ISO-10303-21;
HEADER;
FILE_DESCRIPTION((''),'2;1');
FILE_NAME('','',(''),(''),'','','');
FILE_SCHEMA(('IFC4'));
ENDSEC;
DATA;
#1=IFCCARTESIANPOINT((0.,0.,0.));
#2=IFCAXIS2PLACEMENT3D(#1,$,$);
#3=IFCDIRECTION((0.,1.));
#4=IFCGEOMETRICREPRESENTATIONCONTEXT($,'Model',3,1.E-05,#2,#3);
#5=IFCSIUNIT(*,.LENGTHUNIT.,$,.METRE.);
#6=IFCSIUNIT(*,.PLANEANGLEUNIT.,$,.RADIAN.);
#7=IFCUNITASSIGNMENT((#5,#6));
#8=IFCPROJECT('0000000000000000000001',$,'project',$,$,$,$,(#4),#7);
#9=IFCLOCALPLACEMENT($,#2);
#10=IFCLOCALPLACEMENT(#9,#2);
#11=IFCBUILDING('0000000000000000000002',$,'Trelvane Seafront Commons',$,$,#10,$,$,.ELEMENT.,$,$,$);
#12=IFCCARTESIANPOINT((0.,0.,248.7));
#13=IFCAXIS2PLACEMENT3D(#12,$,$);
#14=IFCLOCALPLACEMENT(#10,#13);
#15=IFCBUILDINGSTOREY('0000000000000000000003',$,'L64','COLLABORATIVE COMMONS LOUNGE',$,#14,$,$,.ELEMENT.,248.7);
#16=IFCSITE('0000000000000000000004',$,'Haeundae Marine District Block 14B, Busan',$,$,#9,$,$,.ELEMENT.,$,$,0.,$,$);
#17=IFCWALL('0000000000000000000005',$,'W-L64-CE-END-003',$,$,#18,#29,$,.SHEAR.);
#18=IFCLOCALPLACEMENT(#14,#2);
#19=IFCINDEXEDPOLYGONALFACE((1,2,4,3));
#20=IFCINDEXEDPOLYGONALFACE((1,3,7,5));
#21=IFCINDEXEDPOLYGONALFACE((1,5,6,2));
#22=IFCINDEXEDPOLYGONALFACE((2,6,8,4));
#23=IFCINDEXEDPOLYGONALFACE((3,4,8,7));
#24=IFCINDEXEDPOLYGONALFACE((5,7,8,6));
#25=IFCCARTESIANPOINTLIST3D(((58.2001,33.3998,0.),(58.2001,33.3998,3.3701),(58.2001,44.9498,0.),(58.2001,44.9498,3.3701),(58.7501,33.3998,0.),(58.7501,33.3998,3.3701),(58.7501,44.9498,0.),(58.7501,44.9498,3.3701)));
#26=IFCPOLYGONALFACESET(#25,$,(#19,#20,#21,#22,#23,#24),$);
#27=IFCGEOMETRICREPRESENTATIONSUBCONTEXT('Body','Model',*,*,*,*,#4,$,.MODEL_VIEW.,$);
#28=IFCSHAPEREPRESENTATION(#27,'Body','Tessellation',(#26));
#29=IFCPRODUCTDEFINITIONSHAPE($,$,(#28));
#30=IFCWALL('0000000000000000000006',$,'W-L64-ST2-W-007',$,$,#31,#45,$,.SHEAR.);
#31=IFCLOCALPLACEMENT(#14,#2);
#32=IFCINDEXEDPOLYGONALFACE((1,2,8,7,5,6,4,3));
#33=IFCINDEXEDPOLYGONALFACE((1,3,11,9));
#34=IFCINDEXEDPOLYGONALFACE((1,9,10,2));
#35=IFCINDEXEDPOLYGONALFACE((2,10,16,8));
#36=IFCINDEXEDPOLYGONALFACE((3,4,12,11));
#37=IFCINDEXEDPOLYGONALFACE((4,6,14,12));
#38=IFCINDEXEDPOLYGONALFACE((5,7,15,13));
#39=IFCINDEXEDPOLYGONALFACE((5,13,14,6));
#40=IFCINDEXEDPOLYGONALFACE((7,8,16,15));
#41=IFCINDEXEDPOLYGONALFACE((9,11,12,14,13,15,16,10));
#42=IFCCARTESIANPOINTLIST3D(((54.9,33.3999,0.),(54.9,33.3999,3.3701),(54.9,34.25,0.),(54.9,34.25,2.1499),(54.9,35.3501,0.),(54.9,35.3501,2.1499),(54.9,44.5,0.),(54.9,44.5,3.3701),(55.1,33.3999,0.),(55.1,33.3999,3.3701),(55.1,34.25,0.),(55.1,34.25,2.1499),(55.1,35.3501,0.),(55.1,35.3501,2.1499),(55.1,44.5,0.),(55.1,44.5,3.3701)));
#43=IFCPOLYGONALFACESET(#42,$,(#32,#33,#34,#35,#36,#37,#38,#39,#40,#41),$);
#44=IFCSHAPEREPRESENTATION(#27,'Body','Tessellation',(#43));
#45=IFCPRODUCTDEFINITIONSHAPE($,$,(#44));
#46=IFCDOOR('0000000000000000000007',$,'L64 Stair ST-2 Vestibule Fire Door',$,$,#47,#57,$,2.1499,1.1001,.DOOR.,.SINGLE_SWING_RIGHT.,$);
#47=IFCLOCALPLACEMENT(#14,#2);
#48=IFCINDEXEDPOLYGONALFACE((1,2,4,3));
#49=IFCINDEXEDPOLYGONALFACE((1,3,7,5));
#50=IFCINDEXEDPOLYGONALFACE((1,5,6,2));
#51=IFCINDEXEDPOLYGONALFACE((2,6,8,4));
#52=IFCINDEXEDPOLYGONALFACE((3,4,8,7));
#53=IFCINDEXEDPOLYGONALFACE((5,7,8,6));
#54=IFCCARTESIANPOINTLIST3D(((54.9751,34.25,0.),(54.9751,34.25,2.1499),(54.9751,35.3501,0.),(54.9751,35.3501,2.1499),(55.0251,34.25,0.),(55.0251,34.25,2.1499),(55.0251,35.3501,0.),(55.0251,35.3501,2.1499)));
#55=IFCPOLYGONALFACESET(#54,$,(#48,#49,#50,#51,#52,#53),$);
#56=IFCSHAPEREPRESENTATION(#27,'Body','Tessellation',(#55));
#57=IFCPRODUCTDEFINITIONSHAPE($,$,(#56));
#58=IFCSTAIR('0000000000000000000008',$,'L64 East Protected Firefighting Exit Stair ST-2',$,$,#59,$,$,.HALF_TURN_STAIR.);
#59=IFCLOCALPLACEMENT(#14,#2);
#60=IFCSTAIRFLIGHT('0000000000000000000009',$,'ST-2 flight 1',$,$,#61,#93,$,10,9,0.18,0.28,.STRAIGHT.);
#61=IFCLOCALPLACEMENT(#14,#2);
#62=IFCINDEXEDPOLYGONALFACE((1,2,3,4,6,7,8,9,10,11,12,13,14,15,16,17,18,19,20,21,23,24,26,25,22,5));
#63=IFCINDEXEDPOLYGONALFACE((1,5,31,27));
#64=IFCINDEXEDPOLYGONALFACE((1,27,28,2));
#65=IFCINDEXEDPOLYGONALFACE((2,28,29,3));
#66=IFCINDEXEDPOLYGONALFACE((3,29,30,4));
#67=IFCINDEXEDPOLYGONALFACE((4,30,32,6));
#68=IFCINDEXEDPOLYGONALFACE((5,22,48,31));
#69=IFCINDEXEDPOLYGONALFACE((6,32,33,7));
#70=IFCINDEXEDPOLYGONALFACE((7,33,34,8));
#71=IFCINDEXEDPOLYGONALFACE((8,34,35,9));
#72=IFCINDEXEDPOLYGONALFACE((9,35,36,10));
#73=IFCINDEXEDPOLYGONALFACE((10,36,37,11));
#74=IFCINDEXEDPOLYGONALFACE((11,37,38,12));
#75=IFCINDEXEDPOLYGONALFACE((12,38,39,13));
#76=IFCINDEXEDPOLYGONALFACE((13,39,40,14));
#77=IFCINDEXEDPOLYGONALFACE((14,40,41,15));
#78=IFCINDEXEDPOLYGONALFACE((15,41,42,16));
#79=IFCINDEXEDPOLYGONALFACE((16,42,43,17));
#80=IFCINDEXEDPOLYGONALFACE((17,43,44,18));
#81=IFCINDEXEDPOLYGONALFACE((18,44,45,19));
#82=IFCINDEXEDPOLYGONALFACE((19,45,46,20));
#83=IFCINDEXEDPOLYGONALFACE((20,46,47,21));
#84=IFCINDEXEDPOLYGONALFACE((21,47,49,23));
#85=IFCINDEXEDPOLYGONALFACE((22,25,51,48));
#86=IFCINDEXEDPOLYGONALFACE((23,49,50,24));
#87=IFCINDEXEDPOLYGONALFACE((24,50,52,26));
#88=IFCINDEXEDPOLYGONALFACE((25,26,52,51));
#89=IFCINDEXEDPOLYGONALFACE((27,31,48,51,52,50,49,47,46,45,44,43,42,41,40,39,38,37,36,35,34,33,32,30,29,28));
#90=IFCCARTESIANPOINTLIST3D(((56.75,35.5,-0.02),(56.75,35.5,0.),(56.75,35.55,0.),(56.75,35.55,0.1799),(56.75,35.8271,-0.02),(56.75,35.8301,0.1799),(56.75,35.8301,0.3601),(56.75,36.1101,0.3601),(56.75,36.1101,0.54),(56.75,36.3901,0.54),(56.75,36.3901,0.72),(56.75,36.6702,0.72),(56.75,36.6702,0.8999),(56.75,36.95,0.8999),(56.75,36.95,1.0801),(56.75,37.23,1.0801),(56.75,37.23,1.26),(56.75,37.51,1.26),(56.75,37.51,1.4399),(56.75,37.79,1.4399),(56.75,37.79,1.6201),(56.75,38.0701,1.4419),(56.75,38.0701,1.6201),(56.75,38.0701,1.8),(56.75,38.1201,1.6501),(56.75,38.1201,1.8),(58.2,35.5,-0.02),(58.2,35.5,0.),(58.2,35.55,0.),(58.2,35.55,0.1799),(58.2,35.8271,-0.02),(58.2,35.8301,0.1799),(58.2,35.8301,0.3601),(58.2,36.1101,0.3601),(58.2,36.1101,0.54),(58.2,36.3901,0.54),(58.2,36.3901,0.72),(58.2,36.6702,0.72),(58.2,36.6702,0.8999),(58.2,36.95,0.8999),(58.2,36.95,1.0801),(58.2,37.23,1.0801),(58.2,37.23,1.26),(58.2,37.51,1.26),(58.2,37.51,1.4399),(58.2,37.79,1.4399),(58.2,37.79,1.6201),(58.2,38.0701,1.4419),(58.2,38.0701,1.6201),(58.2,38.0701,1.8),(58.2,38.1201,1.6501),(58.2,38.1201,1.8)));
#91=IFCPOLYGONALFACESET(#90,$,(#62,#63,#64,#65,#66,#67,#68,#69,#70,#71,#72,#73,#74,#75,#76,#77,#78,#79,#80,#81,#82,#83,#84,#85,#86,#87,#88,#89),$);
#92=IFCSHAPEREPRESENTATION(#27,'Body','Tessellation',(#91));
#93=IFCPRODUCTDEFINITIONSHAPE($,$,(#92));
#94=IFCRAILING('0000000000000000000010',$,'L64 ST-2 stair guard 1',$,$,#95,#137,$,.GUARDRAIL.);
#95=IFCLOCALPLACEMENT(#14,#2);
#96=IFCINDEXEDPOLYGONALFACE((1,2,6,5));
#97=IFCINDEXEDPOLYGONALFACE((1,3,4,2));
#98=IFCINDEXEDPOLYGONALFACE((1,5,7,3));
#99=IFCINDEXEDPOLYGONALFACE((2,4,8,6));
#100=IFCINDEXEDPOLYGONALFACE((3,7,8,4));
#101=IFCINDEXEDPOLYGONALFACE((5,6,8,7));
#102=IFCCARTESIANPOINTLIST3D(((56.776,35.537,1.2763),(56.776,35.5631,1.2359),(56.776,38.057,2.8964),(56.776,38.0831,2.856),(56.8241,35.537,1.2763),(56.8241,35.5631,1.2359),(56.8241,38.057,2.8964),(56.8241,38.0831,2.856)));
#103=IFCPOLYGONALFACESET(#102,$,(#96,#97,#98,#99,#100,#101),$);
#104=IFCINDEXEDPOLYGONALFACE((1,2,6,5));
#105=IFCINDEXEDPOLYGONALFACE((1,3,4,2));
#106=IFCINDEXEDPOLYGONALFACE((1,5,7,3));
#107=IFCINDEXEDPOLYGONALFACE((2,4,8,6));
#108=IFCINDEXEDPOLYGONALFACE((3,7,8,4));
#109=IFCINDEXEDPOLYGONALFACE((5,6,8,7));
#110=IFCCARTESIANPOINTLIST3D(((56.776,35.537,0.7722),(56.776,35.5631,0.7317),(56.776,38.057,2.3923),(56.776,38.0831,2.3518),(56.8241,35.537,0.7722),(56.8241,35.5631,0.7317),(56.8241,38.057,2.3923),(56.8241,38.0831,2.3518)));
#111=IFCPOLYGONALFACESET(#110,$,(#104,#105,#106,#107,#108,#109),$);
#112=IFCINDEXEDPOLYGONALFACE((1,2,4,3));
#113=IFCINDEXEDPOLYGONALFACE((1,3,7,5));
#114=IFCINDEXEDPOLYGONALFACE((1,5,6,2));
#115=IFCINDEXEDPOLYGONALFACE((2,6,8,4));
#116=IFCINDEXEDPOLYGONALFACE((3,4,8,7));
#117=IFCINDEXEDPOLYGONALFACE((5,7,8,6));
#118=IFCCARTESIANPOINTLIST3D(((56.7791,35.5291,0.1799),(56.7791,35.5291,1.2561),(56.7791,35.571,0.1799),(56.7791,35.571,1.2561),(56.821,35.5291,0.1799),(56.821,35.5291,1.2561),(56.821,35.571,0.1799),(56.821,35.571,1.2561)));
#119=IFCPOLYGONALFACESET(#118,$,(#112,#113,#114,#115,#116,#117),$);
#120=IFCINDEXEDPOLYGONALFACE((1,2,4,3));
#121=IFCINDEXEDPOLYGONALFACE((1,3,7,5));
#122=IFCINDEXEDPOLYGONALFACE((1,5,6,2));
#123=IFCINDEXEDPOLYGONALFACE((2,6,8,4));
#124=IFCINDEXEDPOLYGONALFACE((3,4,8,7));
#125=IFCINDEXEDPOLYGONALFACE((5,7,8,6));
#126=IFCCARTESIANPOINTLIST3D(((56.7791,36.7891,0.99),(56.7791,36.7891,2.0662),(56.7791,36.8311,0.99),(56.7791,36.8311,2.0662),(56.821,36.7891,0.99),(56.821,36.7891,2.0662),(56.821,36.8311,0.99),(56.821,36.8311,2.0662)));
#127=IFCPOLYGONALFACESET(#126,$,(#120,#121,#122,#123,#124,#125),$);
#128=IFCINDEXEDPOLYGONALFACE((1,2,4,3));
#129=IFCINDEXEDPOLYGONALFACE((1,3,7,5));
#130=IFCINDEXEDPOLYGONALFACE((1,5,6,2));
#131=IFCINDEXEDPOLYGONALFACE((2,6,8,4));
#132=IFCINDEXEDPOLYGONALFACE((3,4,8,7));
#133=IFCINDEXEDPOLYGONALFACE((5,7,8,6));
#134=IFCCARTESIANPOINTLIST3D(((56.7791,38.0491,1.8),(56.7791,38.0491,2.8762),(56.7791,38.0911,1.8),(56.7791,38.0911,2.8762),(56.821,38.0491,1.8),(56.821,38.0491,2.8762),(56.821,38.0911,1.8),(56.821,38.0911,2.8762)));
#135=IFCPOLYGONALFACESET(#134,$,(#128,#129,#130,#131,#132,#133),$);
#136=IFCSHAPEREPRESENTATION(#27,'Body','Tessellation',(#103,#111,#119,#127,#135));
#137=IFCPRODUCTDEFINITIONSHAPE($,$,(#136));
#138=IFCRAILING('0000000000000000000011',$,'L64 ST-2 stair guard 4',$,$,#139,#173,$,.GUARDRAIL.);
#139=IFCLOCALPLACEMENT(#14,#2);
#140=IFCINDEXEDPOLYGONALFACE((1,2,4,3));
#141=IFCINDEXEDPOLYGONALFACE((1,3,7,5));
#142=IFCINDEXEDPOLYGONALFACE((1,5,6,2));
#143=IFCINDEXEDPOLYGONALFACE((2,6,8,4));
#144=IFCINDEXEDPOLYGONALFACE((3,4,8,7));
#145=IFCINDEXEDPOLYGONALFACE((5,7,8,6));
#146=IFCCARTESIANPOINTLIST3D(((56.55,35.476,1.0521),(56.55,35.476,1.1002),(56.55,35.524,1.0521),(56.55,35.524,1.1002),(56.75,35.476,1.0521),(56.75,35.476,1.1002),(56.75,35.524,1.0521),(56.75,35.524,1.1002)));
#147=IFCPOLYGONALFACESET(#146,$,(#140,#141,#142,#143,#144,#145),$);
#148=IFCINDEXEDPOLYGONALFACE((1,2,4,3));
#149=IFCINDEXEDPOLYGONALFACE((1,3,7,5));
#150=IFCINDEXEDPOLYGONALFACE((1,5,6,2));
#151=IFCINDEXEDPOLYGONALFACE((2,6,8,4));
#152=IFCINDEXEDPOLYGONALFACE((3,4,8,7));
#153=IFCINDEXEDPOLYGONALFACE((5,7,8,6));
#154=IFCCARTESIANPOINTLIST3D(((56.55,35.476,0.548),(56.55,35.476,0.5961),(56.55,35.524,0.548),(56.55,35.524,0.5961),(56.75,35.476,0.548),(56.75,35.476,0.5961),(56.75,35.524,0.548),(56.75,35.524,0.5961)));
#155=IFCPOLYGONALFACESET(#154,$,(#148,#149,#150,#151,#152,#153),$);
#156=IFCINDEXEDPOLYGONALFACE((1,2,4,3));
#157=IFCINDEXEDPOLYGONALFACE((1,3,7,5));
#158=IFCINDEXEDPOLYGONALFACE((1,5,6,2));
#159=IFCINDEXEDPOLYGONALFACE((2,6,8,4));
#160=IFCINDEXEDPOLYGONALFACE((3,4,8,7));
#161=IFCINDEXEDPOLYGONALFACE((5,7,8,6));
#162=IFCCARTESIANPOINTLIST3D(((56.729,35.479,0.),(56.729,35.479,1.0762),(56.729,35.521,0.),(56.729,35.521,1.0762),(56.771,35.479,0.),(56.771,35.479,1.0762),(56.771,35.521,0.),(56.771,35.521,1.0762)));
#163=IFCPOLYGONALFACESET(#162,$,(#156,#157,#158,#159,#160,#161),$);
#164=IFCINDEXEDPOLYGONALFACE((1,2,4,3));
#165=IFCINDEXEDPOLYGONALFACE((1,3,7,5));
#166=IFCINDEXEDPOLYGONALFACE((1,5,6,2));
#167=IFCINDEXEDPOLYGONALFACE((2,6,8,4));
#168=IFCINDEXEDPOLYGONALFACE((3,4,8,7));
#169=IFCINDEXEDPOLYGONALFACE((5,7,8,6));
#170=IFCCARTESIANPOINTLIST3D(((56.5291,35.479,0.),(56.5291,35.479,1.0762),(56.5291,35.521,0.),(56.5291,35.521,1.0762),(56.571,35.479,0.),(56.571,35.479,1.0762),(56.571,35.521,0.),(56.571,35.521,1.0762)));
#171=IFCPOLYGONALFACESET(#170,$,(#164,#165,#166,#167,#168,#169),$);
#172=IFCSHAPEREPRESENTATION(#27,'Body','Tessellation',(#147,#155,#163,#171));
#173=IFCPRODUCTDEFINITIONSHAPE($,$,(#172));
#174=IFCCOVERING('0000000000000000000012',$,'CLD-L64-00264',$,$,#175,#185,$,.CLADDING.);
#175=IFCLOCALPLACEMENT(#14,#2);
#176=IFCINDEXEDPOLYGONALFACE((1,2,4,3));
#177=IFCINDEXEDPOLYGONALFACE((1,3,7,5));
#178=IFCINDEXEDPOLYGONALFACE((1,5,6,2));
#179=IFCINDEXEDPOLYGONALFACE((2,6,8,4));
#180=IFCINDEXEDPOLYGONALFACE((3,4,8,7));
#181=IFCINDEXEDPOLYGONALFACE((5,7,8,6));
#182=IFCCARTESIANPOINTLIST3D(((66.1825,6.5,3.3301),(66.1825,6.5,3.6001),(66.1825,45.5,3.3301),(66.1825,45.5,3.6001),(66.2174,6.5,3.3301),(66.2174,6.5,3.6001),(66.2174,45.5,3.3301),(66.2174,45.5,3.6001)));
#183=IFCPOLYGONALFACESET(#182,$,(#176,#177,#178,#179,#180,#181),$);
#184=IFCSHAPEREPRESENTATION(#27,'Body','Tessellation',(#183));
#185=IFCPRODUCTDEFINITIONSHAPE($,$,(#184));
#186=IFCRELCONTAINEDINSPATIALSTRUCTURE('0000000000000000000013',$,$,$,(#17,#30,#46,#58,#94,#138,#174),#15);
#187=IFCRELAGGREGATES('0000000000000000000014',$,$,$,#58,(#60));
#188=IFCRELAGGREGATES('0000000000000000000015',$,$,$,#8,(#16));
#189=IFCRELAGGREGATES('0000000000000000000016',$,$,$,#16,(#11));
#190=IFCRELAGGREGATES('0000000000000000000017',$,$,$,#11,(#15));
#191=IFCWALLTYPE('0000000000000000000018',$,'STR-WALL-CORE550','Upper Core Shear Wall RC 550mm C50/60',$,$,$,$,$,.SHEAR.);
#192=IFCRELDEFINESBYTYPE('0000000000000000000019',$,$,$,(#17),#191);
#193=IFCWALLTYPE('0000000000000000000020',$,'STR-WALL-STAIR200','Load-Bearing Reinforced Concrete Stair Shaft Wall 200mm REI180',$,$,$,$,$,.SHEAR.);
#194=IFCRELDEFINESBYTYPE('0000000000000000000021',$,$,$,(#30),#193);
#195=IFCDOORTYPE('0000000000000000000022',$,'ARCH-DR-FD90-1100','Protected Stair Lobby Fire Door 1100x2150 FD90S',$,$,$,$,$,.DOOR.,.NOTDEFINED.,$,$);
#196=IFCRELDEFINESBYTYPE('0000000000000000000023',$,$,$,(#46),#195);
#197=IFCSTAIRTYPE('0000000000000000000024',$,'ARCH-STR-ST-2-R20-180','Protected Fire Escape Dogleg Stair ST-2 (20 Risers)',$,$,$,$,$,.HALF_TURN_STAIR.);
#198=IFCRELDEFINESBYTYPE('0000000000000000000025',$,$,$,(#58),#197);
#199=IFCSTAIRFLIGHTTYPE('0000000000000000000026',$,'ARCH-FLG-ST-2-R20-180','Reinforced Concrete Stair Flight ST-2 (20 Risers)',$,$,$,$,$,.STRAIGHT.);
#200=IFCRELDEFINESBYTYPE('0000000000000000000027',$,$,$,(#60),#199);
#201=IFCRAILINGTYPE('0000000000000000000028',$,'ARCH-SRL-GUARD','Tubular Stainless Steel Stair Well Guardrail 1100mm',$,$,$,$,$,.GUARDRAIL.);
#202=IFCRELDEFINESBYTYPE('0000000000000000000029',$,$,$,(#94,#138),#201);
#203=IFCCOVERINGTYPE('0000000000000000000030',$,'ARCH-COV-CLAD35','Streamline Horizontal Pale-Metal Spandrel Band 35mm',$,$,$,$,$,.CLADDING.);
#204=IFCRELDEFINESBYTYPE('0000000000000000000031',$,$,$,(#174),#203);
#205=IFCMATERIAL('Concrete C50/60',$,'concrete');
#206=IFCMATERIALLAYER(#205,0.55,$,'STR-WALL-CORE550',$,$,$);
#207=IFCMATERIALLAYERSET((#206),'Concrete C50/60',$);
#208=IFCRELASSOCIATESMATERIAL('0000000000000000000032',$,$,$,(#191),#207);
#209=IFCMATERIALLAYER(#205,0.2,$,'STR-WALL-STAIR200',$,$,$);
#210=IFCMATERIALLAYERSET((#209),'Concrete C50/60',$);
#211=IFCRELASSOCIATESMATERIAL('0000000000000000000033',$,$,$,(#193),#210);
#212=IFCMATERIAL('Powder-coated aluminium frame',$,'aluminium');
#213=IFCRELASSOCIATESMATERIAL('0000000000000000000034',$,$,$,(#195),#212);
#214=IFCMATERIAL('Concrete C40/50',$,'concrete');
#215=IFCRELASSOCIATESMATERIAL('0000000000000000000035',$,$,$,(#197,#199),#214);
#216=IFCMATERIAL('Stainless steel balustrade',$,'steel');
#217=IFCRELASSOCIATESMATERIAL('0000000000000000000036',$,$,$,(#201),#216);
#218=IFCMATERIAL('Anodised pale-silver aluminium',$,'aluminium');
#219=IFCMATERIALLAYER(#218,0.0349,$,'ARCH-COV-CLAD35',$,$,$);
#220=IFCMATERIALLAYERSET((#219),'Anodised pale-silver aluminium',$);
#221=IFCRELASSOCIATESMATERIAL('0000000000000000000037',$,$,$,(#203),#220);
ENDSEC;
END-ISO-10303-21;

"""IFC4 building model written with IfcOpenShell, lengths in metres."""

from ifc_helpers import new_model, si_unit, direction, frame, frame_2d, origin, origin_2d, place, context, subcontext, project, spatial, polyline, rectangle, outline, extrude, source, transform, mapped, material, layer, layer_set, type_object, element, fill, aggregate, save


model = new_model("IFC4")

# Units and contexts
model_context = context("Model", 3, precision=1e-05, world=origin(), true_north=direction((0.0, 1.0)))
body_context = subcontext(model_context, "Body", "Model", "MODEL_VIEW")
ifc_project = project(units=[si_unit("LENGTHUNIT", "METRE"), si_unit("PLANEANGLEUNIT", "RADIAN")], contexts=[model_context])

# Site, building, storey
site_placement = place(None, origin())
site = spatial("IfcSite", under=ifc_project, at=site_placement, Name="Haeundae Marine District Block 14B, Busan", CompositionType="ELEMENT", RefElevation=0.0)
building_placement = place(site_placement, origin())
building = spatial("IfcBuilding", under=site, at=building_placement, Name="Trelvane Seafront Commons", CompositionType="ELEMENT")
storey_placement = place(building_placement, frame((0.0, 0.0, 248.7)))
storey = spatial("IfcBuildingStorey", under=building, at=storey_placement, Name="L64", Description="COLLABORATIVE COMMONS LOUNGE", CompositionType="ELEMENT", Elevation=248.7)

# Shared definitions
ifc_material_1 = material(Name="Concrete C50/60", Category="concrete")

# Shared definitions
ifc_material_2 = material(Name="Anodised pale-silver aluminium", Category="aluminium")

# Shared definitions
ifc_material_3 = material(Name="Powder-coated aluminium frame", Category="aluminium")

# Wall
ifc_layer_1 = layer(ifc_material_1, 0.55, Name="STR-WALL-CORE550")
ifc_layer_set_1 = layer_set([ifc_layer_1], Name="Concrete C50/60")
wall_type_1 = type_object("IfcWallType", Name="STR-WALL-CORE550", Description="Upper Core Shear Wall RC 550mm C50/60", PredefinedType="SHEAR", material=ifc_layer_set_1)
wall_1_placement = place(storey_placement, frame((58.4751, 33.3999, 0.0), z_axis=(0.0, 0.0, 1.0), x_axis=(0.0, 1.0, 0.0)))
element("IfcWall", 1, at=wall_1_placement, inside=storey, type_object=wall_type_1, Name="W-L64-CE-END-003", PredefinedType="SHEAR", context=body_context, shape_type="SweptSolid", body=[
    extrude(rectangle(XDim=11.55, YDim=0.55, at=frame_2d((5.7749, 0.0))), origin(), (0.0, 0.0, 1.0), 3.3701),
])

# Wall, opening, door
ifc_layer_2 = layer(ifc_material_1, 0.2, Name="STR-WALL-STAIR200")
ifc_layer_set_2 = layer_set([ifc_layer_2], Name="Concrete C50/60")
wall_type_2 = type_object("IfcWallType", Name="STR-WALL-STAIR200", Description="Load-Bearing Reinforced Concrete Stair Shaft Wall 200mm REI180", PredefinedType="SHEAR", material=ifc_layer_set_2)
wall_2_placement = place(storey_placement, frame((55.0, 33.3999, 0.0), z_axis=(0.0, 0.0, 1.0), x_axis=(0.0, 1.0, 0.0)))
wall_2 = element("IfcWall", 2, at=wall_2_placement, inside=storey, type_object=wall_type_2, Name="W-L64-ST2-W-007", PredefinedType="SHEAR", context=body_context, shape_type="SweptSolid", body=[
    extrude(rectangle(XDim=11.1001, YDim=0.2, at=frame_2d((5.55, 0.0))), origin(), (0.0, 0.0, 1.0), 3.3701),
])
opening_1_placement = place(wall_2_placement, frame((0.8501, 0.0, 0.0)))
opening_1 = element("IfcOpeningElement", 3, at=opening_1_placement, cuts=wall_2, PredefinedType="OPENING", context=body_context, shape_type="SweptSolid", body=[
    extrude(rectangle(XDim=1.1001, YDim=2.1499, at=frame_2d((0.55, 1.075))), frame((0.0, 0.1099, 0.0), z_axis=(0.0, -1.0, 0.0), x_axis=(1.0, 0.0, 0.0)), (0.0, 0.0, 1.0), 0.22),
])
door_type_1 = type_object("IfcDoorType", Name="ARCH-DR-FD90-1100", Description="Protected Stair Lobby Fire Door 1100x2150 FD90S", OperationType="NOTDEFINED", PredefinedType="DOOR", material=ifc_material_3)
shared_shape_1 = source(origin(), body_context, "Body", "SweptSolid", [
    extrude(rectangle(XDim=1.1001, YDim=2.1499, at=frame_2d((0.55, 1.075))), frame((0.0, 0.0249, 0.0), z_axis=(0.0, -1.0, 0.0), x_axis=(1.0, 0.0, 0.0)), (0.0, 0.0, 1.0), 0.05),
])
door_1_placement = place(opening_1_placement, origin())
door_1 = element("IfcDoor", 4, at=door_1_placement, inside=storey, type_object=door_type_1, Name="L64 Stair ST-2 Vestibule Fire Door", OperationType="SINGLE_SWING_RIGHT", OverallHeight=2.1499, OverallWidth=1.1001, PredefinedType="DOOR", context=body_context, shape_type="MappedRepresentation", body=[
    mapped(shared_shape_1, transform((0.0, 0.0, 0.0), x_axis=(1.0, 0.0, 0.0), y_axis=(0.0, 1.0, 0.0), z_axis=(0.0, 0.0, 1.0), scale=1.0)),
])
fill(opening_1, door_1)

# Stair, stair flight
ifc_material_4 = material(Name="Concrete C40/50", Category="concrete")
stair_type = type_object("IfcStairType", Name="ARCH-STR-ST-2-R20-180", Description="Protected Fire Escape Dogleg Stair ST-2 (20 Risers)", PredefinedType="HALF_TURN_STAIR", material=ifc_material_4)
stair_placement = place(storey_placement, origin())
stair = element("IfcStair", 5, at=stair_placement, inside=storey, type_object=stair_type, Name="L64 East Protected Firefighting Exit Stair ST-2", PredefinedType="HALF_TURN_STAIR")
stair_flight_type = type_object("IfcStairFlightType", Name="ARCH-FLG-ST-2-R20-180", Description="Reinforced Concrete Stair Flight ST-2 (20 Risers)", PredefinedType="STRAIGHT", material=ifc_material_4)
shared_shape_2 = source(origin(), body_context, "Body", "SweptSolid", [
    extrude(outline(polyline([(-0.05, -0.02), (-0.05, 0.0), (0.0, 0.0), (0.0, 0.1799), (0.28, 0.1799), (0.28, 0.3601), (0.5601, 0.3601), (0.5601, 0.54), (0.8401, 0.54), (0.8401, 0.72), (1.1201, 0.72), (1.1201, 0.8999), (1.3999, 0.8999), (1.3999, 1.0801), (1.6799, 1.0801), (1.6799, 1.26), (1.96, 1.26), (1.96, 1.4399), (2.24, 1.4399), (2.24, 1.6201), (2.52, 1.6201), (2.52, 1.8), (2.5701, 1.8), (2.5701, 1.6501), (2.52, 1.4419), (0.2771, -0.02), (-0.05, -0.02)])), frame((0.0, 0.7251, 0.0), z_axis=(0.0, -1.0, 0.0), x_axis=(1.0, 0.0, 0.0)), (0.0, 0.0, 1.0), 1.45),
])
stair_flight_placement = place(storey_placement, frame((57.4751, 35.55, 0.0), z_axis=(0.0, 0.0, 1.0), x_axis=(0.0, 1.0, 0.0)))
stair_flight = element("IfcStairFlight", 6, at=stair_flight_placement, type_object=stair_flight_type, Name="ST-2 flight 1", NumberOfRisers=10, NumberOfTreads=9, PredefinedType="STRAIGHT", RiserHeight=0.18, TreadLength=0.28, context=body_context, shape_type="MappedRepresentation", body=[
    mapped(shared_shape_2, transform((0.0, 0.0, 0.0), x_axis=(1.0, 0.0, 0.0), y_axis=(0.0, 1.0, 0.0), z_axis=(0.0, 0.0, 1.0), scale=1.0)),
])
aggregate(stair, [stair_flight])

# Railings
ifc_material_5 = material(Name="Stainless steel balustrade", Category="steel")
railing_type = type_object("IfcRailingType", Name="ARCH-SRL-GUARD", Description="Tubular Stainless Steel Stair Well Guardrail 1100mm", PredefinedType="GUARDRAIL", material=ifc_material_5)
railing_1_placement = place(storey_placement, frame((56.8, 35.55, 0.1799)))
element("IfcRailing", 7, at=railing_1_placement, inside=storey, type_object=railing_type, Name="L64 ST-2 stair guard 1", PredefinedType="GUARDRAIL", context=body_context, shape_type="SweptSolid", body=[
    extrude(rectangle(XDim=0.0481, YDim=0.0481, at=origin_2d()), frame((0.0, 0.0, 1.0762), z_axis=(0.0, 0.841163, 0.540782), x_axis=(-1.0, 0.0, 0.0)), (0.0, 0.0, 1.0), 2.9958),
    extrude(rectangle(XDim=0.0481, YDim=0.0481, at=origin_2d()), frame((0.0, 0.0, 0.572), z_axis=(0.0, 0.841163, 0.540782), x_axis=(-1.0, 0.0, 0.0)), (0.0, 0.0, 1.0), 2.9958),
    extrude(rectangle(XDim=0.042, YDim=0.042, at=origin_2d()), origin(), (0.0, 0.0, 1.0), 1.0762),
    extrude(rectangle(XDim=0.042, YDim=0.042, at=origin_2d()), frame((0.0, 1.26, 0.8101)), (0.0, 0.0, 1.0), 1.0762),
    extrude(rectangle(XDim=0.042, YDim=0.042, at=origin_2d()), frame((0.0, 2.52, 1.6201)), (0.0, 0.0, 1.0), 1.0762),
])
railing_2_placement = place(storey_placement, frame((56.75, 35.5, 0.0)))
element("IfcRailing", 8, at=railing_2_placement, inside=storey, type_object=railing_type, Name="L64 ST-2 stair guard 4", PredefinedType="GUARDRAIL", context=body_context, shape_type="SweptSolid", body=[
    extrude(rectangle(XDim=0.0481, YDim=0.0481, at=origin_2d()), frame((0.0, 0.0, 1.0762), z_axis=(-1.0, 0.0, 0.0), x_axis=(0.0, -1.0, 0.0)), (0.0, 0.0, 1.0), 0.2),
    extrude(rectangle(XDim=0.0481, YDim=0.0481, at=origin_2d()), frame((0.0, 0.0, 0.572), z_axis=(-1.0, 0.0, 0.0), x_axis=(0.0, -1.0, 0.0)), (0.0, 0.0, 1.0), 0.2),
    extrude(rectangle(XDim=0.042, YDim=0.042, at=origin_2d()), origin(), (0.0, 0.0, 1.0), 1.0762),
    extrude(rectangle(XDim=0.042, YDim=0.042, at=origin_2d()), frame((-0.2, 0.0, 0.0)), (0.0, 0.0, 1.0), 1.0762),
])

# Covering
ifc_layer_3 = layer(ifc_material_2, 0.0349, Name="ARCH-COV-CLAD35")
ifc_layer_set_3 = layer_set([ifc_layer_3], Name="Anodised pale-silver aluminium")
covering_type = type_object("IfcCoveringType", Name="ARCH-COV-CLAD35", Description="Streamline Horizontal Pale-Metal Spandrel Band 35mm", PredefinedType="CLADDING", material=ifc_layer_set_3)
shared_shape_3 = source(origin(), body_context, "Body", "SweptSolid", [
    extrude(rectangle(XDim=39.0, YDim=0.0349, at=origin_2d()), origin(), (0.0, 0.0, 1.0), 0.27),
])
covering_placement = place(storey_placement, frame((66.2, 26.0, 3.3301), z_axis=(0.0, 0.0, 1.0), x_axis=(0.0, -1.0, 0.0)))
element("IfcCovering", 9, at=covering_placement, inside=storey, type_object=covering_type, Name="CLD-L64-00264", PredefinedType="CLADDING", context=body_context, shape_type="MappedRepresentation", body=[
    mapped(shared_shape_3, transform((0.0, 0.0, 0.0), x_axis=(1.0, 0.0, 0.0), y_axis=(0.0, 1.0, 0.0), z_axis=(0.0, 0.0, 1.0), scale=1.0)),
])

save(model, "model.ifc")
